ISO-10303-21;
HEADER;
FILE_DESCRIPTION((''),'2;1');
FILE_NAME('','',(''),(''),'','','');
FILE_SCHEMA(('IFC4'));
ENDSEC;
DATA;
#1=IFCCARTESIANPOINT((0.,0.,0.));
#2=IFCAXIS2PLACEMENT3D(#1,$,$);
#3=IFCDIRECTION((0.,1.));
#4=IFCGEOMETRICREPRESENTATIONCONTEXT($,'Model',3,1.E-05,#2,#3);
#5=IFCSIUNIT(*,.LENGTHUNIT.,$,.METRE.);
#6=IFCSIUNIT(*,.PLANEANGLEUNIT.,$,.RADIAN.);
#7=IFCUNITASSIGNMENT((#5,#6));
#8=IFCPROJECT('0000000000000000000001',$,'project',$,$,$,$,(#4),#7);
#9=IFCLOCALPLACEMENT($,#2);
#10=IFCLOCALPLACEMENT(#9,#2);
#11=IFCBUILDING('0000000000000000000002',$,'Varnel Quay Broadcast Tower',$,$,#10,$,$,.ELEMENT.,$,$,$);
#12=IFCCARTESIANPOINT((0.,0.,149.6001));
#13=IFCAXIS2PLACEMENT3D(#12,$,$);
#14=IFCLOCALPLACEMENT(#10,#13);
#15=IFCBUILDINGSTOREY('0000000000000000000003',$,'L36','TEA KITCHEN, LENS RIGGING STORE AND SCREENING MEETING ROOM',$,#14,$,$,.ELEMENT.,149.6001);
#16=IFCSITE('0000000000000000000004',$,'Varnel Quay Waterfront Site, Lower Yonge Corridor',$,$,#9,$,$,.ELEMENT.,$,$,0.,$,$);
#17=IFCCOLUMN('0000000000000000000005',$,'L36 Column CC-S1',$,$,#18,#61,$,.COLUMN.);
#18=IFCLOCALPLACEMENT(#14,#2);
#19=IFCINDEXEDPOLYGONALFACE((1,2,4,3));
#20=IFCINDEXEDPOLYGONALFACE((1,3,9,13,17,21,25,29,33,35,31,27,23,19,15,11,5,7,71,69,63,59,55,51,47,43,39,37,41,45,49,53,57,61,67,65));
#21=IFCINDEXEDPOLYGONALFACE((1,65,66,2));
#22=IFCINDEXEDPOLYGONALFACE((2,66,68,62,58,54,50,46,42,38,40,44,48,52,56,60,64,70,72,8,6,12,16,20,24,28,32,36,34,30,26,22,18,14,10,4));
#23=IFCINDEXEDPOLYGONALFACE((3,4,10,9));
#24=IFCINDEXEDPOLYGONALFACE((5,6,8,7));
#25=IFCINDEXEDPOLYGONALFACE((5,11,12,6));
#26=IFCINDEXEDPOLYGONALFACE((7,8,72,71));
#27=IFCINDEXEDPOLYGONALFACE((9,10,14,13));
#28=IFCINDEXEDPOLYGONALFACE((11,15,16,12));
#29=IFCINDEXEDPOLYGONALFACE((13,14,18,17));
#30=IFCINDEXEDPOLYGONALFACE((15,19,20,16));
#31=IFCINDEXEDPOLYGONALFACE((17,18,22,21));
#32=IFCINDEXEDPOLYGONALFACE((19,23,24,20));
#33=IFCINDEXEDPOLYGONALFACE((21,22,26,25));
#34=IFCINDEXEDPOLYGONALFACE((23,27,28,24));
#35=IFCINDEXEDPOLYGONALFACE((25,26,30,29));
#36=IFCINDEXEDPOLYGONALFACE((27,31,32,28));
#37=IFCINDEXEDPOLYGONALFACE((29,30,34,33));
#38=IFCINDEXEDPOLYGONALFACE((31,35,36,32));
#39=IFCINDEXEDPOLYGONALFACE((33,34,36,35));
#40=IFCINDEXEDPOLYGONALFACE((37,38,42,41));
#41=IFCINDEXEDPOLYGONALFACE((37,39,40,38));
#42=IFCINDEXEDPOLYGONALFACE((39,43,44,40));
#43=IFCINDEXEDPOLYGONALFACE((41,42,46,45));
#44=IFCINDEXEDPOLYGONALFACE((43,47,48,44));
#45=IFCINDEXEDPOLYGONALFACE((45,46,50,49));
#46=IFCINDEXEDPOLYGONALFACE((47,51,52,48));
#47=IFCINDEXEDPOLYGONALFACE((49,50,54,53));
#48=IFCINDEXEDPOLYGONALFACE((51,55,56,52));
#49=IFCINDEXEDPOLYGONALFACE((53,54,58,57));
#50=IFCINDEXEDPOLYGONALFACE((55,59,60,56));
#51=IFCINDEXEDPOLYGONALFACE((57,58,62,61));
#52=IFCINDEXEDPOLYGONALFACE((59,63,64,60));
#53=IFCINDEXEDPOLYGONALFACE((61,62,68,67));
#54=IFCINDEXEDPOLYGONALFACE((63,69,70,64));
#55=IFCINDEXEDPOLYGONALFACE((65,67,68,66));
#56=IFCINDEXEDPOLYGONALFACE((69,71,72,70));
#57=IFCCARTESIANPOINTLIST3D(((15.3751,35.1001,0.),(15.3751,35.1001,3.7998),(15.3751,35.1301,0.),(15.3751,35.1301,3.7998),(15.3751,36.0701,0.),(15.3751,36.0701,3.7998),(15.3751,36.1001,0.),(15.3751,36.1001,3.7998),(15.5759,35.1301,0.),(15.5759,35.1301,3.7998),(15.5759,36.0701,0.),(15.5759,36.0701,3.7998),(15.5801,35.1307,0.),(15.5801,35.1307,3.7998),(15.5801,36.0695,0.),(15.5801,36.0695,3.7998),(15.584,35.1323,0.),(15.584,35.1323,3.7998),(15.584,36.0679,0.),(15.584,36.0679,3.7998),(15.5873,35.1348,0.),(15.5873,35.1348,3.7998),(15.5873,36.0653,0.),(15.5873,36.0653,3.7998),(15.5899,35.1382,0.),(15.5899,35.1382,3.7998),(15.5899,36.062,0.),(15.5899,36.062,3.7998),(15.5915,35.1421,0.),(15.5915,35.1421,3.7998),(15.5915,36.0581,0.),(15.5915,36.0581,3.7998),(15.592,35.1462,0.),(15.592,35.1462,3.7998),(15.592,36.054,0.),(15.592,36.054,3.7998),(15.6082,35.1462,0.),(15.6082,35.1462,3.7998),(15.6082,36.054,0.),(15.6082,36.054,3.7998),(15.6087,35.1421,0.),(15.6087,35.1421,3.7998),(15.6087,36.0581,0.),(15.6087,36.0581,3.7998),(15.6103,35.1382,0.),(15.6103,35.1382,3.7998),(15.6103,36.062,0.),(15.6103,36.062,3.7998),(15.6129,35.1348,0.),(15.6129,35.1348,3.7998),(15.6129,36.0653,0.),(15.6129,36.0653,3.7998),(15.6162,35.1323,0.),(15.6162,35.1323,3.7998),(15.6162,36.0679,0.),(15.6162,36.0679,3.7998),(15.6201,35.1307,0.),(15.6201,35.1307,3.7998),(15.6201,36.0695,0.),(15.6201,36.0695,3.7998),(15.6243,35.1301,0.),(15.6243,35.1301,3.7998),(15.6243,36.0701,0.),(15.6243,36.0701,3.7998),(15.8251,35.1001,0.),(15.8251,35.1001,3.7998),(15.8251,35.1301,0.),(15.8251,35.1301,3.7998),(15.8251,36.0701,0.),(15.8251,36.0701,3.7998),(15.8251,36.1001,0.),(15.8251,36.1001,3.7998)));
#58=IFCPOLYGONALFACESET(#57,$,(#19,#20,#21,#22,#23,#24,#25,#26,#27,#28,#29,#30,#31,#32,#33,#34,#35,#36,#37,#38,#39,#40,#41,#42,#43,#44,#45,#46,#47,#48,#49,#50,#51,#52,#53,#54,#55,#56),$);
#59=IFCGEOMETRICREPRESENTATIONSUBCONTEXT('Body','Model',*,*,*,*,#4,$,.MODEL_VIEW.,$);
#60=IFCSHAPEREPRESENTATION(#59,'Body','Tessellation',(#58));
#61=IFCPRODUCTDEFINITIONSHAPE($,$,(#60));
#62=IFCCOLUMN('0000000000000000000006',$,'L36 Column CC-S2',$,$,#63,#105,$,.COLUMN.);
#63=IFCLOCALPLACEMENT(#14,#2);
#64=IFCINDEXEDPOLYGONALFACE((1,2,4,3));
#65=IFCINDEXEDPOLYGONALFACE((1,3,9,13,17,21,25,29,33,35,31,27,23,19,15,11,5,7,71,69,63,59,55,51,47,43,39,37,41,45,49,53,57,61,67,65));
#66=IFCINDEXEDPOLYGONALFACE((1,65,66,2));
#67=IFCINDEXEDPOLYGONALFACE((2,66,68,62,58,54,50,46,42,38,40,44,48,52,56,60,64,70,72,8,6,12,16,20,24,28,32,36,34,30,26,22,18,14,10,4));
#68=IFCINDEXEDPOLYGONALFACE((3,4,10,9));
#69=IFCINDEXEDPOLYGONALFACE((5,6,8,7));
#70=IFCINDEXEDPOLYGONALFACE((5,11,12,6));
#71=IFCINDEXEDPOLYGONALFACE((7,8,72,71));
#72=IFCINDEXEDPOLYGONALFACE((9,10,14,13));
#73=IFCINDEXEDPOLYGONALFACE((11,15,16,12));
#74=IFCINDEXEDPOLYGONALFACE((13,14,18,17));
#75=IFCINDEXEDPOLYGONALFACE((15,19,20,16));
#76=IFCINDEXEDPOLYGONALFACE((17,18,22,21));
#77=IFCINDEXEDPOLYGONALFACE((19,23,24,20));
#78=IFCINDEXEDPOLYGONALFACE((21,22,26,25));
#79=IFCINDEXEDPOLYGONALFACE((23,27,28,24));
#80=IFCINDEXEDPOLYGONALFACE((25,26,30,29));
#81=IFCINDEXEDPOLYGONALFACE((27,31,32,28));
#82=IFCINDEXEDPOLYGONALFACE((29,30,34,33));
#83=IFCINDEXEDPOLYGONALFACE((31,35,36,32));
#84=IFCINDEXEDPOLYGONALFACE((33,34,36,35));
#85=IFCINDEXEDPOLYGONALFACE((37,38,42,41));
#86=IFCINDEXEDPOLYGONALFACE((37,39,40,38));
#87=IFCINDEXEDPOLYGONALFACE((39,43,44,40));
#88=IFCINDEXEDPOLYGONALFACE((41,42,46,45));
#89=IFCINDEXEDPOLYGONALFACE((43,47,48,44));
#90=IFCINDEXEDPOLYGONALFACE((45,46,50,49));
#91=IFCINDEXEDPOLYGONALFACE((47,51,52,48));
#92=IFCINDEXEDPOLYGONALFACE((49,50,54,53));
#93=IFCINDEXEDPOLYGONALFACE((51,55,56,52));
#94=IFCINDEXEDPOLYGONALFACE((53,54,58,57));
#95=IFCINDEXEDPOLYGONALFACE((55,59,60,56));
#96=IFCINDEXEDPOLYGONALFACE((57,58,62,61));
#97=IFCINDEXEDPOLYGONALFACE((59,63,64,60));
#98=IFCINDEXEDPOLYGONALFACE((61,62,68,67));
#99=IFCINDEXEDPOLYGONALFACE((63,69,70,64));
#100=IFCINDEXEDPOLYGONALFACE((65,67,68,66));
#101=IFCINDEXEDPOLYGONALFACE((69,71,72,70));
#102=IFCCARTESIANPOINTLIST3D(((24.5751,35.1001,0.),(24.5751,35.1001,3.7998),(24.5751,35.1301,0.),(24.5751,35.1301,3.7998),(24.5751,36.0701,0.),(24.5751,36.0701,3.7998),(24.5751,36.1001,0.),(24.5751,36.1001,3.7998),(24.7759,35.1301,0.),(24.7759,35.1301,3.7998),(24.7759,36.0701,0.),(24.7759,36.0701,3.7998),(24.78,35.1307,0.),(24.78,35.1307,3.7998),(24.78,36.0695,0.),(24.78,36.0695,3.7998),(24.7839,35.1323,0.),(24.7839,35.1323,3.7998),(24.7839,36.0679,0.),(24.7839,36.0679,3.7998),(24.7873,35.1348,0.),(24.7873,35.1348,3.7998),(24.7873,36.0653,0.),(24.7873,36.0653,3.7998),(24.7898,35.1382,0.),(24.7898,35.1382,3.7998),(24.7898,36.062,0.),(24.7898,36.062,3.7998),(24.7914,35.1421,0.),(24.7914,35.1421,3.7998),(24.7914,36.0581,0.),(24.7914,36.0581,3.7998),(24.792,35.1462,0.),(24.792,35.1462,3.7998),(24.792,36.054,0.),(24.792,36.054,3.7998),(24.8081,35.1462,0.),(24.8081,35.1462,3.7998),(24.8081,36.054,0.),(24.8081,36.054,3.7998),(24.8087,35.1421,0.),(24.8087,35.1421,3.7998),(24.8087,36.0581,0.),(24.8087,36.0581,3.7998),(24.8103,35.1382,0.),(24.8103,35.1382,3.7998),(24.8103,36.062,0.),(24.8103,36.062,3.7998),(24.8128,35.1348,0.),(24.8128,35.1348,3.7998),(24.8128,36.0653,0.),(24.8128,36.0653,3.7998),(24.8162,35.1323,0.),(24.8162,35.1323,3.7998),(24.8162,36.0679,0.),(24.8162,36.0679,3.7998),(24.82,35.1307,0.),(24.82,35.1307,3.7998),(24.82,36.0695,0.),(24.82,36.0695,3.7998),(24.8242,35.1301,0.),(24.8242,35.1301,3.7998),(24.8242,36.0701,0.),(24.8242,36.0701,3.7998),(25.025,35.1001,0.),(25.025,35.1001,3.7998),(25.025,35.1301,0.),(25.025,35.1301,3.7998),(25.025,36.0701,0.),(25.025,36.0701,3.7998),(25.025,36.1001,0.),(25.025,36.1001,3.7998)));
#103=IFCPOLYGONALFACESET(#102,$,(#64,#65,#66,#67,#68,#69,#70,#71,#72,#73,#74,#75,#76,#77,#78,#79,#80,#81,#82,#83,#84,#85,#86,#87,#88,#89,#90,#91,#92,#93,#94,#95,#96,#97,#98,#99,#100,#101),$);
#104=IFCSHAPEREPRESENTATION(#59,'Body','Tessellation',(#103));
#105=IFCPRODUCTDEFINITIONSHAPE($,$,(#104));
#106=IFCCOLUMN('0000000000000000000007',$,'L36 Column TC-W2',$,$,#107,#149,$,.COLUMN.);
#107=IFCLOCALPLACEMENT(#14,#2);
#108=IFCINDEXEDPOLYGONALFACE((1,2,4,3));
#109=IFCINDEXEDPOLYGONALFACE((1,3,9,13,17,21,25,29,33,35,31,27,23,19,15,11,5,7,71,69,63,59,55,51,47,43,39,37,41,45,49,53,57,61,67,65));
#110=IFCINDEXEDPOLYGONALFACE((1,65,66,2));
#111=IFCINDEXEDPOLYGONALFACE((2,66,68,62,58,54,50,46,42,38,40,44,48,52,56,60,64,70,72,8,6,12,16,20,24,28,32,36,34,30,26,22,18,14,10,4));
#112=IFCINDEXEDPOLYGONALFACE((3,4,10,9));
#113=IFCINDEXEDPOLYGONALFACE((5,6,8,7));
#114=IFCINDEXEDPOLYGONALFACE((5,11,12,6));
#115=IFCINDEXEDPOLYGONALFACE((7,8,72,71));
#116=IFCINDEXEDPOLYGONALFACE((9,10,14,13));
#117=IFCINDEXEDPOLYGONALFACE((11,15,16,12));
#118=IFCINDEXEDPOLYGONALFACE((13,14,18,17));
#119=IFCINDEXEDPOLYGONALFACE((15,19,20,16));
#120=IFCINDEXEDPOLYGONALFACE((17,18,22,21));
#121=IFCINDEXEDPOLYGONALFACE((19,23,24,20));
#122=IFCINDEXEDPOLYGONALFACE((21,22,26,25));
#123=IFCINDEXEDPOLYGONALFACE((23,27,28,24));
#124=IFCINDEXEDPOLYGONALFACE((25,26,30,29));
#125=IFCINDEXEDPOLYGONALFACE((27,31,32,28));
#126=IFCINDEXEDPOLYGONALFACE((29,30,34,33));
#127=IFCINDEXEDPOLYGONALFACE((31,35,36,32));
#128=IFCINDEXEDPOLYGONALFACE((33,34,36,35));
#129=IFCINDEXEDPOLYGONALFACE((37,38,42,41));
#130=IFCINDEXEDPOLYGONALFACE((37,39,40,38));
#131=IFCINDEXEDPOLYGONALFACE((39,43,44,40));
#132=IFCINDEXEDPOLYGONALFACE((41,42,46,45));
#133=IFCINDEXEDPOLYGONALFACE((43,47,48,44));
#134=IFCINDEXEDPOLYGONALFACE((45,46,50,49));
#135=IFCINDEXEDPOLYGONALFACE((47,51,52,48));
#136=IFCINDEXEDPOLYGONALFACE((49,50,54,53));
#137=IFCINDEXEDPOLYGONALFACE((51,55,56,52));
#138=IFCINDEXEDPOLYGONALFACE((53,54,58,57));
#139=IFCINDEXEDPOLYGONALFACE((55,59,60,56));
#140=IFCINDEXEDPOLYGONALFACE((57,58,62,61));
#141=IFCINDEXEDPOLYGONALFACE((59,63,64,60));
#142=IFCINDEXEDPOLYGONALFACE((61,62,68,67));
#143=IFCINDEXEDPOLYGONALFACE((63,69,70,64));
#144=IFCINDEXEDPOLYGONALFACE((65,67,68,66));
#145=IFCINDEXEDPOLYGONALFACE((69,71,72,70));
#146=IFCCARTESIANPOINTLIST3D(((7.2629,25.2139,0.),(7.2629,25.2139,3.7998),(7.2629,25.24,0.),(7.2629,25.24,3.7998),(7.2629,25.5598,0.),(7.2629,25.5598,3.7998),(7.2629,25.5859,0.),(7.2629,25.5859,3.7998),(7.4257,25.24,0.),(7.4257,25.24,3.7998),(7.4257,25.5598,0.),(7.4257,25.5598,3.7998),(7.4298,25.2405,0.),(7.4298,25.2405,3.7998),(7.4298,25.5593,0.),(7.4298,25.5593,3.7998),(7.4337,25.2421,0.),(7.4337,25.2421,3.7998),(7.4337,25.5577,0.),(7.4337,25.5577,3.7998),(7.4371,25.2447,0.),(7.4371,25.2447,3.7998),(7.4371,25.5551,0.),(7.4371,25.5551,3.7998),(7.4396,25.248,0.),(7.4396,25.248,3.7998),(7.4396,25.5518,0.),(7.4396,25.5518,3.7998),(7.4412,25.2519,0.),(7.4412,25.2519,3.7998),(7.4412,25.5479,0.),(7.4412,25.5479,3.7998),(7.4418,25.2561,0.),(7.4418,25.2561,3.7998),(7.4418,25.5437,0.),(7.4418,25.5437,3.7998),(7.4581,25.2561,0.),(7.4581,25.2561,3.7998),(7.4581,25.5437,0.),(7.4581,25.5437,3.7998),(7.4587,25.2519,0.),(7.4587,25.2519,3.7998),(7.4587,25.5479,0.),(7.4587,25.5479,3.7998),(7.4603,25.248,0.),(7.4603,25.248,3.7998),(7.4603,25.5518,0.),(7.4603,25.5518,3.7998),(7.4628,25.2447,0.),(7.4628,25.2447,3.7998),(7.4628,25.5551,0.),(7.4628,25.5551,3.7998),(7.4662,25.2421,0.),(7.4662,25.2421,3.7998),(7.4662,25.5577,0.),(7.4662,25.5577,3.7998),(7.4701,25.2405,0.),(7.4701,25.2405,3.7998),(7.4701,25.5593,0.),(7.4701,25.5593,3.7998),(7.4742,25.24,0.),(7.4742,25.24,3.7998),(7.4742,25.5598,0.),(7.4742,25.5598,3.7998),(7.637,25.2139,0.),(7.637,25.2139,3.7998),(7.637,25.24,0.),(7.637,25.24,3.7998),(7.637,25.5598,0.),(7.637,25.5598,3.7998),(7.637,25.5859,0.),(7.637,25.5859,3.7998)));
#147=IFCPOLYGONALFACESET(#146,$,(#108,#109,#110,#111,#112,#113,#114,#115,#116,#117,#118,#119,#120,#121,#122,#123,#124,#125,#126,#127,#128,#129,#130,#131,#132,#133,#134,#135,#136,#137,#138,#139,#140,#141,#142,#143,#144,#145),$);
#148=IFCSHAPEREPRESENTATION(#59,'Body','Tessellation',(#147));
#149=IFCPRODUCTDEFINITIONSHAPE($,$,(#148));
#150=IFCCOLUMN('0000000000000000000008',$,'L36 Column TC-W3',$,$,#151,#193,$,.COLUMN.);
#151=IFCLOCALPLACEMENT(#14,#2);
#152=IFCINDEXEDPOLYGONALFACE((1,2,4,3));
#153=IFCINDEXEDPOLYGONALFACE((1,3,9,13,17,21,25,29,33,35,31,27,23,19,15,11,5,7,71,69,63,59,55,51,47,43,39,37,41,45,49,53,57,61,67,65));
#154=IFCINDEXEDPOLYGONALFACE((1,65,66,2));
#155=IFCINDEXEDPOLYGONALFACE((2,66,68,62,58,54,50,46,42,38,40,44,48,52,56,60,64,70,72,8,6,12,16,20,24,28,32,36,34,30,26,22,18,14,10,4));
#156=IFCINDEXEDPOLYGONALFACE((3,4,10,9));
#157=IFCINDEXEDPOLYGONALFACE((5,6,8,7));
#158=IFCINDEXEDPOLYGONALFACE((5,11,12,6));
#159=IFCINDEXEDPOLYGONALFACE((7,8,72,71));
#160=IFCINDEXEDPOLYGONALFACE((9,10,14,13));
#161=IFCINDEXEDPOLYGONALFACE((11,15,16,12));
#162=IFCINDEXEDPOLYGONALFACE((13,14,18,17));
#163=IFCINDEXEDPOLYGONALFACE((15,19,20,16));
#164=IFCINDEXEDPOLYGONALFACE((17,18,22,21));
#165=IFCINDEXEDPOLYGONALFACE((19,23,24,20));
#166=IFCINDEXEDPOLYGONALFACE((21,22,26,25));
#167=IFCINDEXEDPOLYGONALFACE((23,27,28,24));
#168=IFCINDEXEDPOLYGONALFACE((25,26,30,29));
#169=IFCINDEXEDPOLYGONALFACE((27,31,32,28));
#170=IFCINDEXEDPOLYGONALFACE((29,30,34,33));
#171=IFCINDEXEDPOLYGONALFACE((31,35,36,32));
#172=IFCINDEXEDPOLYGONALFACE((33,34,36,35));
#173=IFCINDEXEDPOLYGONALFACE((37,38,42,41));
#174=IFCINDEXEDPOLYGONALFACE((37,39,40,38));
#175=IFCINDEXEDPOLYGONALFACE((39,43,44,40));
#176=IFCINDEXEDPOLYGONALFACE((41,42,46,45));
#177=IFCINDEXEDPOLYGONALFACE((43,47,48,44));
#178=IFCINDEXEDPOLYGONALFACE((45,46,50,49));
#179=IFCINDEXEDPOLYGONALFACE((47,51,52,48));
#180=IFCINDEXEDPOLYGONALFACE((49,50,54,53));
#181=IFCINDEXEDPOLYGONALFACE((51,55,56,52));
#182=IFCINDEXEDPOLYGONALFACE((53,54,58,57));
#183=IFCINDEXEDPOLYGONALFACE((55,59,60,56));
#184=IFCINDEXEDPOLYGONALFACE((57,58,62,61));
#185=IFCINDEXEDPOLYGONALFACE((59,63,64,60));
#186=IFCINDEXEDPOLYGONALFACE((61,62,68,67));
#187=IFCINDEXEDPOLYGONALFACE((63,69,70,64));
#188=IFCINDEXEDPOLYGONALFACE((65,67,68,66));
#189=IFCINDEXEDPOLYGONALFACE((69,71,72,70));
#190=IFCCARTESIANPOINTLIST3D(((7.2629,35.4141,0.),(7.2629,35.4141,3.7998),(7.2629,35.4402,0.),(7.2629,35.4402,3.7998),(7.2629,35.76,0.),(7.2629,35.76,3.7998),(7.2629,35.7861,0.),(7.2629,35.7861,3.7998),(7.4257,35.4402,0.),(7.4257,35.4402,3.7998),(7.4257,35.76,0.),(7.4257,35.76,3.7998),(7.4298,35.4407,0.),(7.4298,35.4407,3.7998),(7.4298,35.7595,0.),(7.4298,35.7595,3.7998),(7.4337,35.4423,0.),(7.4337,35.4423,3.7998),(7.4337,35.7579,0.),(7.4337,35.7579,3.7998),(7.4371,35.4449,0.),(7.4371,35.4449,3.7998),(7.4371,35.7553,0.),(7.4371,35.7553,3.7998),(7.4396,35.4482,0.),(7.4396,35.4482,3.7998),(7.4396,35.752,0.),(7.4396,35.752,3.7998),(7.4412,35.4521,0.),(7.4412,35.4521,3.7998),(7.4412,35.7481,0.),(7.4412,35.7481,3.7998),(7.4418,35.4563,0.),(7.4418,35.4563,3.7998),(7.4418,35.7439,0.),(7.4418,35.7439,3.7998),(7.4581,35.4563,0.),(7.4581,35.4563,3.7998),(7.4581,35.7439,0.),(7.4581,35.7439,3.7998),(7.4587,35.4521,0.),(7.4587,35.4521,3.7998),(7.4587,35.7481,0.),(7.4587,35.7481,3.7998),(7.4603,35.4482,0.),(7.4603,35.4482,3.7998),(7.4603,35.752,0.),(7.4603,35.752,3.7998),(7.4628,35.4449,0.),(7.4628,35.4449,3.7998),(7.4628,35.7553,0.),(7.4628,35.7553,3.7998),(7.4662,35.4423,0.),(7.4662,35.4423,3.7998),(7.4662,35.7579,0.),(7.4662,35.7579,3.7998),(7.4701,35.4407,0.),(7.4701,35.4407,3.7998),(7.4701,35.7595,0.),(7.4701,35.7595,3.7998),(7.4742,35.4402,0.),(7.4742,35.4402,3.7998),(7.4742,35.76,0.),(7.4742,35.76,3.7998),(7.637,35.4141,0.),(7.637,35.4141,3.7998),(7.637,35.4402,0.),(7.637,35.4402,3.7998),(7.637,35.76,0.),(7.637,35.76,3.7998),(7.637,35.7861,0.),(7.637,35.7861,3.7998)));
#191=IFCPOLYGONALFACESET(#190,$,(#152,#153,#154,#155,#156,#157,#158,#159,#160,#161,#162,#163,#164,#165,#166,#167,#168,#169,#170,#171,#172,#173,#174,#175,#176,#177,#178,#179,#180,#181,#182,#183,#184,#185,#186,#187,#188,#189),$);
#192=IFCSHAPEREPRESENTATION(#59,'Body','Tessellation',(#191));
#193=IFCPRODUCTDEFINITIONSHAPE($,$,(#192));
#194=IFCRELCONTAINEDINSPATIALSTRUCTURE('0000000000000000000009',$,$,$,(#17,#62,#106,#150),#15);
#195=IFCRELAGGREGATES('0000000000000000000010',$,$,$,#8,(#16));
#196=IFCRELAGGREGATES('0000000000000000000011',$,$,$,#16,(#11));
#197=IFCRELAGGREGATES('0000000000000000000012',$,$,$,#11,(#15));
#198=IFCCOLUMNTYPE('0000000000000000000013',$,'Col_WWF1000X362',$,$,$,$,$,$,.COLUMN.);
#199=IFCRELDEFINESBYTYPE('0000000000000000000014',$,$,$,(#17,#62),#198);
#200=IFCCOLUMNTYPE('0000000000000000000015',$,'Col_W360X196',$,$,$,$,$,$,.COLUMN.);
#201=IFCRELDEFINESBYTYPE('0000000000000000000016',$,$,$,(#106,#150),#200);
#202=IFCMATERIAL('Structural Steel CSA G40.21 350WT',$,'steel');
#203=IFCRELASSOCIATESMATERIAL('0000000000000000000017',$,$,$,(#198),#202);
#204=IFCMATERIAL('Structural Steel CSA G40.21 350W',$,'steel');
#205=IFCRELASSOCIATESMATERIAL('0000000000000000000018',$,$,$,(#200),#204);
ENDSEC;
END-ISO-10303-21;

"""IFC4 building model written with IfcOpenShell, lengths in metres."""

from ifc_helpers import new_model, si_unit, direction, frame, origin, origin_2d, place, context, subcontext, project, spatial, i_section, extrude, source, transform, mapped, material, material_profile, profile_set, type_object, type_shapes, element, save


model = new_model("IFC4")

# Units and contexts
model_context = context("Model", 3, precision=1e-05, world=origin(), true_north=direction((0.0, 1.0)))
body_context = subcontext(model_context, "Body", "Model", "MODEL_VIEW")
ifc_project = project(units=[si_unit("LENGTHUNIT", "METRE"), si_unit("PLANEANGLEUNIT", "RADIAN")], contexts=[model_context])

# Site, building, storey
site_placement = place(None, origin())
site = spatial("IfcSite", under=ifc_project, at=site_placement, Name="Varnel Quay Waterfront Site, Lower Yonge Corridor", CompositionType="ELEMENT", RefElevation=0.0)
building_placement = place(site_placement, origin())
building = spatial("IfcBuilding", under=site, at=building_placement, Name="Varnel Quay Broadcast Tower", CompositionType="ELEMENT")
storey_placement = place(building_placement, frame((0.0, 0.0, 149.6001)))
storey = spatial("IfcBuildingStorey", under=building, at=storey_placement, Name="L36", Description="TEA KITCHEN, LENS RIGGING STORE AND SCREENING MEETING ROOM", CompositionType="ELEMENT", Elevation=149.6001)

# Columns
ifc_material_1 = material(Name="Structural Steel CSA G40.21 350WT", Category="steel")
ifc_material_profile_1 = material_profile(ifc_material_1, i_section(OverallWidth=0.45, OverallDepth=1.0, WebThickness=0.0161, FlangeThickness=0.03, FilletRadius=0.0161, at=origin_2d()), Name="WWF1000X362")
ifc_profile_set_1 = profile_set([ifc_material_profile_1], Name="Structural Steel CSA G40.21 350WT")
column_type_1 = type_object("IfcColumnType", Name="Col_WWF1000X362", PredefinedType="COLUMN", material=ifc_profile_set_1)
shared_shape_1 = source(origin(), body_context, "Body", "SweptSolid", [
    extrude(i_section(OverallWidth=0.45, OverallDepth=1.0, WebThickness=0.0161, FlangeThickness=0.03, FilletRadius=0.0161, at=origin_2d()), origin(), (0.0, 0.0, 1.0), 3.7998),
])
type_shapes(column_type_1, [shared_shape_1])
for number, where, z_axis, x_axis, name in (
    (1, (15.6001, 35.6001, 0.0), (0.0, 0.0, 1.0), (1.0, 0.0, 0.0), "L36 Column CC-S1"),
    (2, (24.8, 35.6001, 0.0), (0.0, 0.0, 1.0), (1.0, 0.0, 0.0), "L36 Column CC-S2"),
):
    element("IfcColumn", number, at=place(storey_placement, frame(where, z_axis=z_axis, x_axis=x_axis)), inside=storey, type_object=column_type_1, Name=name, PredefinedType="COLUMN", context=body_context, shape_type="MappedRepresentation", body=[
        mapped(shared_shape_1, transform((0.0, 0.0, 0.0), x_axis=(1.0, 0.0, 0.0), y_axis=(0.0, 1.0, 0.0), z_axis=(0.0, 0.0, 1.0), scale=1.0)),
    ])
ifc_material_2 = material(Name="Structural Steel CSA G40.21 350W", Category="steel")
ifc_material_profile_2 = material_profile(ifc_material_2, i_section(OverallWidth=0.374, OverallDepth=0.3721, WebThickness=0.0164, FlangeThickness=0.0261, FilletRadius=0.0161, at=origin_2d()), Name="W360X196")
ifc_profile_set_2 = profile_set([ifc_material_profile_2], Name="Structural Steel CSA G40.21 350W")
column_type_2 = type_object("IfcColumnType", Name="Col_W360X196", PredefinedType="COLUMN", material=ifc_profile_set_2)
shared_shape_2 = source(origin(), body_context, "Body", "SweptSolid", [
    extrude(i_section(OverallWidth=0.374, OverallDepth=0.3721, WebThickness=0.0164, FlangeThickness=0.0261, FilletRadius=0.0161, at=origin_2d()), origin(), (0.0, 0.0, 1.0), 3.7998),
])
type_shapes(column_type_2, [shared_shape_2])
for number, where, z_axis, x_axis, name in (
    (3, (7.45, 25.3999, 0.0), (0.0, 0.0, 1.0), (1.0, 0.0, 0.0), "L36 Column TC-W2"),
    (4, (7.45, 35.6001, 0.0), (0.0, 0.0, 1.0), (1.0, 0.0, 0.0), "L36 Column TC-W3"),
):
    element("IfcColumn", number, at=place(storey_placement, frame(where, z_axis=z_axis, x_axis=x_axis)), inside=storey, type_object=column_type_2, Name=name, PredefinedType="COLUMN", context=body_context, shape_type="MappedRepresentation", body=[
        mapped(shared_shape_2, transform((0.0, 0.0, 0.0), x_axis=(1.0, 0.0, 0.0), y_axis=(0.0, 1.0, 0.0), z_axis=(0.0, 0.0, 1.0), scale=1.0)),
    ])

save(model, "model.ifc")
